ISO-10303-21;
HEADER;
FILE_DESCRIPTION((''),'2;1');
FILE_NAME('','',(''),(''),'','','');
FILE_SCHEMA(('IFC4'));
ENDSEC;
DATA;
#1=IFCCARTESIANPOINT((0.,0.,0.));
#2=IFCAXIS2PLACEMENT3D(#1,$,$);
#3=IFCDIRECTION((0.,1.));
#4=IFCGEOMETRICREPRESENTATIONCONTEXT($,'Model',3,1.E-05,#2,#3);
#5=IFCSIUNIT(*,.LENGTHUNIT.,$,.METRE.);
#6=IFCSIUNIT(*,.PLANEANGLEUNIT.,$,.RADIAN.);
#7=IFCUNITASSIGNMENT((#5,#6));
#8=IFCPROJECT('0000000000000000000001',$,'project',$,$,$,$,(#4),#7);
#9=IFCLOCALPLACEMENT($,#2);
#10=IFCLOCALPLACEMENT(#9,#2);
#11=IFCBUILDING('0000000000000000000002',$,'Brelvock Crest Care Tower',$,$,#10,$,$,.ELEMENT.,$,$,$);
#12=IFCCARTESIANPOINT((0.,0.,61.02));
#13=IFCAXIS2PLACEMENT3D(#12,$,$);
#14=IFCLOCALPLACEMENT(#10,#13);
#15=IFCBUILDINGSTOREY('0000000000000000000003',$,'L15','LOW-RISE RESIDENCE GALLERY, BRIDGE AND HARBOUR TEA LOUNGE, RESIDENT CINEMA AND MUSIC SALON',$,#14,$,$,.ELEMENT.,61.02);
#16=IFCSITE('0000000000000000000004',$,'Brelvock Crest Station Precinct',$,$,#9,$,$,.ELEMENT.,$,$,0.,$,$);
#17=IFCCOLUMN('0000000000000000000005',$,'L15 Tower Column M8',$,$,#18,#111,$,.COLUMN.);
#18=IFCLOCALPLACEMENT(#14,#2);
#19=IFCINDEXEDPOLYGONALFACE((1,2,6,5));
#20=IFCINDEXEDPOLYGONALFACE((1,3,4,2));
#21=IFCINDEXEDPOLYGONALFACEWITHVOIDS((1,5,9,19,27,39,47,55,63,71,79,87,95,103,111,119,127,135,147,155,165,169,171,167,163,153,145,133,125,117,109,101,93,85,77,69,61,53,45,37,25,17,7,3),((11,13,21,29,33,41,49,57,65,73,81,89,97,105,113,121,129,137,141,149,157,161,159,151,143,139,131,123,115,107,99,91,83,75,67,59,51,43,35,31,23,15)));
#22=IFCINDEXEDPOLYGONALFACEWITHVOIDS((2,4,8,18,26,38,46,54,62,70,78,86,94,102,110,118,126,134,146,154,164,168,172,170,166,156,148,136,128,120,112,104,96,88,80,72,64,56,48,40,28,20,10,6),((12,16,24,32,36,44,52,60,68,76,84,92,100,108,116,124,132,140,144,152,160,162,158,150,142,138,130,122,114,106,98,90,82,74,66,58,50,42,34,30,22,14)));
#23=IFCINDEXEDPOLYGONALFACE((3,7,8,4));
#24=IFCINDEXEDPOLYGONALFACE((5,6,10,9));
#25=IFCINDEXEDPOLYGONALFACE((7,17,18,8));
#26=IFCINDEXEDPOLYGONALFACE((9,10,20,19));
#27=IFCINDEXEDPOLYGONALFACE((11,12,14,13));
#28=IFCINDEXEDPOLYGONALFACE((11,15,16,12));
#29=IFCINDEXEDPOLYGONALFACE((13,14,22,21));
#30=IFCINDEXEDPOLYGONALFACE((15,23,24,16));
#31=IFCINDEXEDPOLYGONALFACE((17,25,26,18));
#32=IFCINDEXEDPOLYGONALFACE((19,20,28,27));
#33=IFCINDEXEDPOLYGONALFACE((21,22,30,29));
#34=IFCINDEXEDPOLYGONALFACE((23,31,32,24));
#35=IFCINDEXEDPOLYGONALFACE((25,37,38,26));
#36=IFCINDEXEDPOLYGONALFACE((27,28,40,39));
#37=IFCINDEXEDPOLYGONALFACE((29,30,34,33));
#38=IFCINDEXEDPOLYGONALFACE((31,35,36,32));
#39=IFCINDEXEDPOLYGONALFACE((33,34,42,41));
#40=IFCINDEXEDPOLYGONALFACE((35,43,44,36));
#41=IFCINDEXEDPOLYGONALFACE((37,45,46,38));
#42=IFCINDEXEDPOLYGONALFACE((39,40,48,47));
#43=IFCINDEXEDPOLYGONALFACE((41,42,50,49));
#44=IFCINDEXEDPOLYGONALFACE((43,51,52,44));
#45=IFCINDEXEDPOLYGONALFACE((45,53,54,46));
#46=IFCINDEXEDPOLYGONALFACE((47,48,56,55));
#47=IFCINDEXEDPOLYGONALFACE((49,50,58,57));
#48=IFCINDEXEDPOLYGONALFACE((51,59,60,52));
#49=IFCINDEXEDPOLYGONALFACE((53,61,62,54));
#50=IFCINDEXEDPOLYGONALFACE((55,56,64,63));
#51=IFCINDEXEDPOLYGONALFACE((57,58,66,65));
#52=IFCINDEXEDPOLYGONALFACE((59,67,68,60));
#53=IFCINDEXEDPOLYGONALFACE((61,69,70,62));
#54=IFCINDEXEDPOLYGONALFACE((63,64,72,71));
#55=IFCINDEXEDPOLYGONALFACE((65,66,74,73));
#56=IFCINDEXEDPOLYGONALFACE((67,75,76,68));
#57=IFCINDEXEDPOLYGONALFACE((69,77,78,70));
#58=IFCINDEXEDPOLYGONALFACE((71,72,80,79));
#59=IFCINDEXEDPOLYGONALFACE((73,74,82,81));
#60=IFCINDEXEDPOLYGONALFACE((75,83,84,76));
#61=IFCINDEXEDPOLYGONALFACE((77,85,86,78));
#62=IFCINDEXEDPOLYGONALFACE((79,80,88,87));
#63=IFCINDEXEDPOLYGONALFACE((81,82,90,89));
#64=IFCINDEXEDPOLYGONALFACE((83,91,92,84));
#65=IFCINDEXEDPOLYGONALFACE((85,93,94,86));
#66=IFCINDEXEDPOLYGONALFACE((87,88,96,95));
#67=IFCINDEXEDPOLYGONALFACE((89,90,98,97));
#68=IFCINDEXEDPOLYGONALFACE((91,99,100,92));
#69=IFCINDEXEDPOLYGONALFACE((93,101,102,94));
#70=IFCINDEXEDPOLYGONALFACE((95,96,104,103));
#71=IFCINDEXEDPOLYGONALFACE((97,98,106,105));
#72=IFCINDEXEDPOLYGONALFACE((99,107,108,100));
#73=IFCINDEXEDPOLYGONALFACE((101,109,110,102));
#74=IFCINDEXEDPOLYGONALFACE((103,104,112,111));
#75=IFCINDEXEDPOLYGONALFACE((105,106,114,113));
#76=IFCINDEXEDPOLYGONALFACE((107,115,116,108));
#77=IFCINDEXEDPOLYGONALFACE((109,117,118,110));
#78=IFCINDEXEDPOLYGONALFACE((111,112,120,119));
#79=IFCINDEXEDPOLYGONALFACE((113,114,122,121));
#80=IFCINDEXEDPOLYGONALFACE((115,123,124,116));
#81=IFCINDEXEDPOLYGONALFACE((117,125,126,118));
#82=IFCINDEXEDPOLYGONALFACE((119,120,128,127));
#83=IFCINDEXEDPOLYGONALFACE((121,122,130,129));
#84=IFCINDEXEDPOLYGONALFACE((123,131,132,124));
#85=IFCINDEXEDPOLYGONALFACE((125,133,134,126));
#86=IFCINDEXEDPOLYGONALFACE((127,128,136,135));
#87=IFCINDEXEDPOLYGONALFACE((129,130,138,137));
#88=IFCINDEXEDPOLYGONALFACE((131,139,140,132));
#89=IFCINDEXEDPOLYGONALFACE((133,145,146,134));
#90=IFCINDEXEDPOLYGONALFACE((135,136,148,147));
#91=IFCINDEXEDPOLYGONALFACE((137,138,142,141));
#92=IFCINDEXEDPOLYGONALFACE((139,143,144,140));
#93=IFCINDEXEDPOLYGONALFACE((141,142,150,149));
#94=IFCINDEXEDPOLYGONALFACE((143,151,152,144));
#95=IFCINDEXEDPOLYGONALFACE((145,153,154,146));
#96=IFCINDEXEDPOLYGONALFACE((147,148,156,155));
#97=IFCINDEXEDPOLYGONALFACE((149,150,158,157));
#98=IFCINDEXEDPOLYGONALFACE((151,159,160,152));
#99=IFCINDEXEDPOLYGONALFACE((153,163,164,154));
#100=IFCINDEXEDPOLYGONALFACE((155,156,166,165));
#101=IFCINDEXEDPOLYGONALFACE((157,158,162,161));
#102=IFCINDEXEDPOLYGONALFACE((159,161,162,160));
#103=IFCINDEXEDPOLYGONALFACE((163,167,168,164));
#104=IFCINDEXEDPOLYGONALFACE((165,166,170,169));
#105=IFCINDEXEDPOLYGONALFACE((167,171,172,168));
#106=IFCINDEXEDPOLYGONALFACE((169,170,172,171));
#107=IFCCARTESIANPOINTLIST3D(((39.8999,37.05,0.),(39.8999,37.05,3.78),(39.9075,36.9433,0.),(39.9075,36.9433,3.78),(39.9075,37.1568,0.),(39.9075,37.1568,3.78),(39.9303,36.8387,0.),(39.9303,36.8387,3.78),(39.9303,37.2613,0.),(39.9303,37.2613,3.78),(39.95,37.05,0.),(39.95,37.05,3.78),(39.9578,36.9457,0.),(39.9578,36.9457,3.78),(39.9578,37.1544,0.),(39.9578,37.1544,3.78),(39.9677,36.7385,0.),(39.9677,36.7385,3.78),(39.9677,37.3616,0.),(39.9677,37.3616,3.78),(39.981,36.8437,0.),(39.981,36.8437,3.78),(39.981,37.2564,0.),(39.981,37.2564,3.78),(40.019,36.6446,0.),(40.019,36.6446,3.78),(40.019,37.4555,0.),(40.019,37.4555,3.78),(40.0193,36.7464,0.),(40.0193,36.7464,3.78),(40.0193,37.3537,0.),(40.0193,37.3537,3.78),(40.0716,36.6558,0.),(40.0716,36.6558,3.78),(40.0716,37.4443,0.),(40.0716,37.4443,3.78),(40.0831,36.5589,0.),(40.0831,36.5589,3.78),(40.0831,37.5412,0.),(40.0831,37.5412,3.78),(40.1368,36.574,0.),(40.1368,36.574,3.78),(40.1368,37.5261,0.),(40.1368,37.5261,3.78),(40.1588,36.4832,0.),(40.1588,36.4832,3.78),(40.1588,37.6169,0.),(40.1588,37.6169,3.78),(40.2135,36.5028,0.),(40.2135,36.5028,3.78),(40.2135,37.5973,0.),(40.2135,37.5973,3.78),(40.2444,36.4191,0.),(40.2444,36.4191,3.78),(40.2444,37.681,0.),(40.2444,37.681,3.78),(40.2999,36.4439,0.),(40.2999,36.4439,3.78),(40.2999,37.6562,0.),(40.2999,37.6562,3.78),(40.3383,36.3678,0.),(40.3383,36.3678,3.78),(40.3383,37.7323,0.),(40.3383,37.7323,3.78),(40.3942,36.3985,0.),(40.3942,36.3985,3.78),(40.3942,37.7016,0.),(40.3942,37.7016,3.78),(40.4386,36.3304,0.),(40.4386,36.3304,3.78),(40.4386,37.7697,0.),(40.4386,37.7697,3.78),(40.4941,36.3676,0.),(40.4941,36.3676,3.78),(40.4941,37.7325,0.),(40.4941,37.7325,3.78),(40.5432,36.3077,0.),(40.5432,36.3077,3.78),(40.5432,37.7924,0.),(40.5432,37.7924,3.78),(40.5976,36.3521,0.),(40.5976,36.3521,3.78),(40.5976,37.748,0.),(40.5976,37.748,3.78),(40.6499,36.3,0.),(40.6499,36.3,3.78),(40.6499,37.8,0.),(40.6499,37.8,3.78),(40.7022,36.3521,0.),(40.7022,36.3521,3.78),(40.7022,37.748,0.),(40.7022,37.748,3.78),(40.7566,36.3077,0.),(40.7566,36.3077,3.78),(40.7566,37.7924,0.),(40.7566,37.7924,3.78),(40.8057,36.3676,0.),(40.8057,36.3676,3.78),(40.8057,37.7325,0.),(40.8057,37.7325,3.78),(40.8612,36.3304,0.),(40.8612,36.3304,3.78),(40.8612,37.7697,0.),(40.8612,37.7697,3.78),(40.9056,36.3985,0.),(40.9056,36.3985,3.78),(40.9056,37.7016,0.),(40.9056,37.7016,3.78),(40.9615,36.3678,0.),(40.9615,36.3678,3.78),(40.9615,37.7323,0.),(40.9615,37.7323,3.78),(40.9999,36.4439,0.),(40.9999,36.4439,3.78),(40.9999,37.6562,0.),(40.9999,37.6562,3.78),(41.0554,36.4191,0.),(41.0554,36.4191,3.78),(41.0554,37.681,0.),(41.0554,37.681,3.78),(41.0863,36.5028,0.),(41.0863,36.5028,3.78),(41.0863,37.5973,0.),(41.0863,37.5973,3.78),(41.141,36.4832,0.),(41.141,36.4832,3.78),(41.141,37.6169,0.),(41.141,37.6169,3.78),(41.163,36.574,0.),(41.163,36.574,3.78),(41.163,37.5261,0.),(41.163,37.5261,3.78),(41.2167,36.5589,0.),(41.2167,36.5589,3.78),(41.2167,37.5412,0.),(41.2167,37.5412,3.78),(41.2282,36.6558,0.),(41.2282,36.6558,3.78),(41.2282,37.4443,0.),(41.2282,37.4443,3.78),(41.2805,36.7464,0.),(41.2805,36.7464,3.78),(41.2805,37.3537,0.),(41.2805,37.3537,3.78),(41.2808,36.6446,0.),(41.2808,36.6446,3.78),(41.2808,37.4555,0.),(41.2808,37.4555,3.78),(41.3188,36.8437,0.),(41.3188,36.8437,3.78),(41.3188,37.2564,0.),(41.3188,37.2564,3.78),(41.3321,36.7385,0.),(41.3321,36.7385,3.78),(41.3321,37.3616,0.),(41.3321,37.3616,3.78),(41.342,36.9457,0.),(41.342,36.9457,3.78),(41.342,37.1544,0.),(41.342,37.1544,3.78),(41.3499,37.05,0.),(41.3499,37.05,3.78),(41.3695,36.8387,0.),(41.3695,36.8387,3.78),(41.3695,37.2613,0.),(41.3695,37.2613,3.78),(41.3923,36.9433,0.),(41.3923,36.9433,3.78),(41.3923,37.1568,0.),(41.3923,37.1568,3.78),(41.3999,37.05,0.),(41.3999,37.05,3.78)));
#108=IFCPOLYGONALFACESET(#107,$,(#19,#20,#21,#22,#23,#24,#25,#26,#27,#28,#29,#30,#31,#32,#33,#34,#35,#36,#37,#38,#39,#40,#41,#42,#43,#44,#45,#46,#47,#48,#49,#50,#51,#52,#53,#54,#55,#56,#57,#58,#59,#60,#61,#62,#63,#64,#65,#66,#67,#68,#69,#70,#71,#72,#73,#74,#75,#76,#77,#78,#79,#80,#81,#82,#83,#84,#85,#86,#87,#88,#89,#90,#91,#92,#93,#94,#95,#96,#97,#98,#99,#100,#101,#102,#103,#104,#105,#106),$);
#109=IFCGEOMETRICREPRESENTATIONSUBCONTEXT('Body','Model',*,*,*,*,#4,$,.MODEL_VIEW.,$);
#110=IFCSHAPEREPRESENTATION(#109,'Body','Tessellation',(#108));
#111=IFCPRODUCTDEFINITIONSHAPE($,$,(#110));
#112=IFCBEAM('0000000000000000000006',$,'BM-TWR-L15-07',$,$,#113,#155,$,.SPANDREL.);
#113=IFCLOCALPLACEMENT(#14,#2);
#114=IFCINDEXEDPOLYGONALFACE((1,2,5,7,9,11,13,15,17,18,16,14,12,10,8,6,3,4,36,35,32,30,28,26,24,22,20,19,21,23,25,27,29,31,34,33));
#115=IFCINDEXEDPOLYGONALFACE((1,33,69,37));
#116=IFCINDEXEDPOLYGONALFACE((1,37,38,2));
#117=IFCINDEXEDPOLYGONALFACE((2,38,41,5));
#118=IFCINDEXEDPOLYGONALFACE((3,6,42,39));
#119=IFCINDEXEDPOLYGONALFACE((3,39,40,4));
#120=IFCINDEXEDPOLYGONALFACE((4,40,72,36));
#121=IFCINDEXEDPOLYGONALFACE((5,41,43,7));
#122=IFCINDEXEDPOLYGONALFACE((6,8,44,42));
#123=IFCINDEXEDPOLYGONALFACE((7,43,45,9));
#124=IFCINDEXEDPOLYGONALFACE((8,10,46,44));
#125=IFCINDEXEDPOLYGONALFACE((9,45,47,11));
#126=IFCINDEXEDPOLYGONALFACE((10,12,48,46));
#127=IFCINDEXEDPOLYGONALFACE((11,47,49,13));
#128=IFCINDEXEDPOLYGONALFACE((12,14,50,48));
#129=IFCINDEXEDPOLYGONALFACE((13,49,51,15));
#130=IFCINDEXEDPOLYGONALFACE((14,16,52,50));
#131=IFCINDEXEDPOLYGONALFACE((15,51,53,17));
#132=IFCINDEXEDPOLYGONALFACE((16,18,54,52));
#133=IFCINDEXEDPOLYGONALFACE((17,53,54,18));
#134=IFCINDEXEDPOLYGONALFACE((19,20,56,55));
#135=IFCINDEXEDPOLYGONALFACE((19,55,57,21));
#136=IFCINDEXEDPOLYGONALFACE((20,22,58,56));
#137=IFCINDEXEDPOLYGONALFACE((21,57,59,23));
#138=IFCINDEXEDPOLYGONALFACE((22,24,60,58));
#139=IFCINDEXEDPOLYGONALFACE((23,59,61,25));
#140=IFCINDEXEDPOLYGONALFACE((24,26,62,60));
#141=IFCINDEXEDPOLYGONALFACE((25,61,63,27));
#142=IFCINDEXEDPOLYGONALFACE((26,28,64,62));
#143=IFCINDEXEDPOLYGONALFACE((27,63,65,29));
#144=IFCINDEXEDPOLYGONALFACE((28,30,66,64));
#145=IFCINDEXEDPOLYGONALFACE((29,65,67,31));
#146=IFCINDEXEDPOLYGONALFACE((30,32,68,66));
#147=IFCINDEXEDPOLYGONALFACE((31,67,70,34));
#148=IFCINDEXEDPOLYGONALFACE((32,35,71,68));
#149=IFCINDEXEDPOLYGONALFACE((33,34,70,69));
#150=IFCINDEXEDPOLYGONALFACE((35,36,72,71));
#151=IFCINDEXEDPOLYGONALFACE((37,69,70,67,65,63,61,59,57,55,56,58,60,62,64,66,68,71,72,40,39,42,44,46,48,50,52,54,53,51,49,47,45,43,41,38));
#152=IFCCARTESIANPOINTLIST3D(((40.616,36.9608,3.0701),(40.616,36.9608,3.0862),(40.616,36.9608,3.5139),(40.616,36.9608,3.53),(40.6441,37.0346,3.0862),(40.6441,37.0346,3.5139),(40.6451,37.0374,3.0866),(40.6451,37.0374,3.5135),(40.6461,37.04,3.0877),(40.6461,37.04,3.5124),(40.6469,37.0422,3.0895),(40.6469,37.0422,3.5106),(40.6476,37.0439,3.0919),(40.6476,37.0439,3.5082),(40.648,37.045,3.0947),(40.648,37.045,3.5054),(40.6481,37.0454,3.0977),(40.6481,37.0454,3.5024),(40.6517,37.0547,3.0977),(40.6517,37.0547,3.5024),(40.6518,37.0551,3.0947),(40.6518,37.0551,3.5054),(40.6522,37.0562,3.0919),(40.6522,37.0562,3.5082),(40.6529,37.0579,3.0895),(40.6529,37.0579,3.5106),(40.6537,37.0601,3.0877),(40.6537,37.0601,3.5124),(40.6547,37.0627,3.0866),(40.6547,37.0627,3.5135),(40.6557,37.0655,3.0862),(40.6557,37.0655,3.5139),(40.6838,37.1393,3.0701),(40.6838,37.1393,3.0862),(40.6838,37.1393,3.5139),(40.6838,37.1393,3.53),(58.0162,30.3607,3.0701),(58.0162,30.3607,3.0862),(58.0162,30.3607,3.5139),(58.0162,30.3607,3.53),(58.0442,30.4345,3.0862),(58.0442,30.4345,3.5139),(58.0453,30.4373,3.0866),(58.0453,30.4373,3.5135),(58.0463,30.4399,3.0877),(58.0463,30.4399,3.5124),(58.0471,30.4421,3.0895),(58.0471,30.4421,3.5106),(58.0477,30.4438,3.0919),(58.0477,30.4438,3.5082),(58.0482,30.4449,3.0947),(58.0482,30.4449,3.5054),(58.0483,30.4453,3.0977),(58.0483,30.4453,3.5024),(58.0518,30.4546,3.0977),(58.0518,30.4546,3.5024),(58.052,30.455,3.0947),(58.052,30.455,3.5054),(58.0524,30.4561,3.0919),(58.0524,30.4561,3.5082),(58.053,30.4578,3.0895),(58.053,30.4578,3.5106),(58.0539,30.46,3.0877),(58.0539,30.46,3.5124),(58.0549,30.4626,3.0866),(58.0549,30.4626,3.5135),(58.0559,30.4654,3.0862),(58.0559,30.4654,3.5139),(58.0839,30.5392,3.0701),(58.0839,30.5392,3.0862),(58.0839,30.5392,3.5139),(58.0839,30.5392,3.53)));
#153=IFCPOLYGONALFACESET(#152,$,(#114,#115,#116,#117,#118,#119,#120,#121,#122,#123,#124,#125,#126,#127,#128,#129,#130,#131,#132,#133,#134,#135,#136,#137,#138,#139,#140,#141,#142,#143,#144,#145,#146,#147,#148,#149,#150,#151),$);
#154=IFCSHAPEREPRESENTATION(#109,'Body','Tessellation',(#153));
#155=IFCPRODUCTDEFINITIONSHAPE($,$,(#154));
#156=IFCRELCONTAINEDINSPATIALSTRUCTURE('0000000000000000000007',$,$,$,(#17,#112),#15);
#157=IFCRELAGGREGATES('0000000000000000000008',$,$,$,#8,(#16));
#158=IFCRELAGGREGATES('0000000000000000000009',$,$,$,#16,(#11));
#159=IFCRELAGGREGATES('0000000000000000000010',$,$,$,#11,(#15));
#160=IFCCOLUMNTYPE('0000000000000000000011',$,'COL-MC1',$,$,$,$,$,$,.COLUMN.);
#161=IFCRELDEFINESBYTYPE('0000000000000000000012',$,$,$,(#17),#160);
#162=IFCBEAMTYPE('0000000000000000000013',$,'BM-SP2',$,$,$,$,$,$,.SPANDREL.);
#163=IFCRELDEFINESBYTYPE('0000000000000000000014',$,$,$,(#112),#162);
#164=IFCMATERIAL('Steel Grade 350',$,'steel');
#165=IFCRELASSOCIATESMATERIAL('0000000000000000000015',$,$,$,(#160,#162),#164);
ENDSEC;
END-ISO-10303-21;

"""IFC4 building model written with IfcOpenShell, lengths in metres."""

from ifc_helpers import new_model, si_unit, direction, frame, origin, origin_2d, place, context, subcontext, project, spatial, hollow_circle, i_section, extrude, source, transform, mapped, material, material_profile, profile_set, type_object, element, save


model = new_model("IFC4")

# Units and contexts
model_context = context("Model", 3, precision=1e-05, world=origin(), true_north=direction((0.0, 1.0)))
body_context = subcontext(model_context, "Body", "Model", "MODEL_VIEW")
ifc_project = project(units=[si_unit("LENGTHUNIT", "METRE"), si_unit("PLANEANGLEUNIT", "RADIAN")], contexts=[model_context])

# Site, building, storey
site_placement = place(None, origin())
site = spatial("IfcSite", under=ifc_project, at=site_placement, Name="Brelvock Crest Station Precinct", CompositionType="ELEMENT", RefElevation=0.0)
building_placement = place(site_placement, origin())
building = spatial("IfcBuilding", under=site, at=building_placement, Name="Brelvock Crest Care Tower", CompositionType="ELEMENT")
storey_placement = place(building_placement, frame((0.0, 0.0, 61.02)))
storey = spatial("IfcBuildingStorey", under=building, at=storey_placement, Name="L15", Description="LOW-RISE RESIDENCE GALLERY, BRIDGE AND HARBOUR TEA LOUNGE, RESIDENT CINEMA AND MUSIC SALON", CompositionType="ELEMENT", Elevation=61.02)

# Column
ifc_material_1 = material(Name="Steel Grade 350", Category="steel")
ifc_material_profile_1 = material_profile(ifc_material_1, hollow_circle(Radius=0.75, WallThickness=0.05, at=origin_2d()), Name="CFT1500x50")
ifc_profile_set_1 = profile_set([ifc_material_profile_1], Name="Steel Grade 350")
column_type = type_object("IfcColumnType", Name="COL-MC1", PredefinedType="COLUMN", material=ifc_profile_set_1)
shared_shape_1 = source(origin(), body_context, "Body", "SweptSolid", [
    extrude(hollow_circle(Radius=0.75, WallThickness=0.05, at=origin_2d()), origin(), (0.0, 0.0, 1.0), 3.78),
])
column_placement = place(storey_placement, frame((40.6499, 37.05, 0.0), z_axis=(0.0, 0.0, 1.0), x_axis=(1.0, 0.0, 0.0)))
element("IfcColumn", 1, at=column_placement, inside=storey, type_object=column_type, Name="L15 Tower Column M8", PredefinedType="COLUMN", context=body_context, shape_type="MappedRepresentation", body=[
    mapped(shared_shape_1, transform((0.0, 0.0, 0.0), x_axis=(1.0, 0.0, 0.0), y_axis=(0.0, 1.0, 0.0), z_axis=(0.0, 0.0, 1.0), scale=1.0)),
])

# Beam
ifc_material_profile_2 = material_profile(ifc_material_1, i_section(OverallWidth=0.1909, OverallDepth=0.46, WebThickness=0.01, FlangeThickness=0.0161, FilletRadius=0.0115, at=origin_2d()), Name="460UB82.1")
ifc_profile_set_2 = profile_set([ifc_material_profile_2], Name="Steel Grade 350")
beam_type_1 = type_object("IfcBeamType", Name="BM-SP2", PredefinedType="SPANDREL", material=ifc_profile_set_2)
shared_shape_2 = source(origin(), body_context, "Body", "SweptSolid", [
    extrude(i_section(OverallWidth=0.1909, OverallDepth=0.46, WebThickness=0.01, FlangeThickness=0.0161, FilletRadius=0.0115, at=origin_2d()), origin(), (0.0, 0.0, 1.0), 18.6099),
])
beam_placement = place(storey_placement, frame((40.6499, 37.05, 3.3), z_axis=(0.934997, -0.354656, 0.0), x_axis=(0.354656, 0.934997, 0.0)))
element("IfcBeam", 2, at=beam_placement, inside=storey, type_object=beam_type_1, Name="BM-TWR-L15-07", PredefinedType="SPANDREL", context=body_context, shape_type="MappedRepresentation", body=[
    mapped(shared_shape_2, transform((0.0, 0.0, 0.0), x_axis=(1.0, 0.0, 0.0), y_axis=(0.0, 1.0, 0.0), z_axis=(0.0, 0.0, 1.0), scale=1.0)),
])

save(model, "model.ifc")
